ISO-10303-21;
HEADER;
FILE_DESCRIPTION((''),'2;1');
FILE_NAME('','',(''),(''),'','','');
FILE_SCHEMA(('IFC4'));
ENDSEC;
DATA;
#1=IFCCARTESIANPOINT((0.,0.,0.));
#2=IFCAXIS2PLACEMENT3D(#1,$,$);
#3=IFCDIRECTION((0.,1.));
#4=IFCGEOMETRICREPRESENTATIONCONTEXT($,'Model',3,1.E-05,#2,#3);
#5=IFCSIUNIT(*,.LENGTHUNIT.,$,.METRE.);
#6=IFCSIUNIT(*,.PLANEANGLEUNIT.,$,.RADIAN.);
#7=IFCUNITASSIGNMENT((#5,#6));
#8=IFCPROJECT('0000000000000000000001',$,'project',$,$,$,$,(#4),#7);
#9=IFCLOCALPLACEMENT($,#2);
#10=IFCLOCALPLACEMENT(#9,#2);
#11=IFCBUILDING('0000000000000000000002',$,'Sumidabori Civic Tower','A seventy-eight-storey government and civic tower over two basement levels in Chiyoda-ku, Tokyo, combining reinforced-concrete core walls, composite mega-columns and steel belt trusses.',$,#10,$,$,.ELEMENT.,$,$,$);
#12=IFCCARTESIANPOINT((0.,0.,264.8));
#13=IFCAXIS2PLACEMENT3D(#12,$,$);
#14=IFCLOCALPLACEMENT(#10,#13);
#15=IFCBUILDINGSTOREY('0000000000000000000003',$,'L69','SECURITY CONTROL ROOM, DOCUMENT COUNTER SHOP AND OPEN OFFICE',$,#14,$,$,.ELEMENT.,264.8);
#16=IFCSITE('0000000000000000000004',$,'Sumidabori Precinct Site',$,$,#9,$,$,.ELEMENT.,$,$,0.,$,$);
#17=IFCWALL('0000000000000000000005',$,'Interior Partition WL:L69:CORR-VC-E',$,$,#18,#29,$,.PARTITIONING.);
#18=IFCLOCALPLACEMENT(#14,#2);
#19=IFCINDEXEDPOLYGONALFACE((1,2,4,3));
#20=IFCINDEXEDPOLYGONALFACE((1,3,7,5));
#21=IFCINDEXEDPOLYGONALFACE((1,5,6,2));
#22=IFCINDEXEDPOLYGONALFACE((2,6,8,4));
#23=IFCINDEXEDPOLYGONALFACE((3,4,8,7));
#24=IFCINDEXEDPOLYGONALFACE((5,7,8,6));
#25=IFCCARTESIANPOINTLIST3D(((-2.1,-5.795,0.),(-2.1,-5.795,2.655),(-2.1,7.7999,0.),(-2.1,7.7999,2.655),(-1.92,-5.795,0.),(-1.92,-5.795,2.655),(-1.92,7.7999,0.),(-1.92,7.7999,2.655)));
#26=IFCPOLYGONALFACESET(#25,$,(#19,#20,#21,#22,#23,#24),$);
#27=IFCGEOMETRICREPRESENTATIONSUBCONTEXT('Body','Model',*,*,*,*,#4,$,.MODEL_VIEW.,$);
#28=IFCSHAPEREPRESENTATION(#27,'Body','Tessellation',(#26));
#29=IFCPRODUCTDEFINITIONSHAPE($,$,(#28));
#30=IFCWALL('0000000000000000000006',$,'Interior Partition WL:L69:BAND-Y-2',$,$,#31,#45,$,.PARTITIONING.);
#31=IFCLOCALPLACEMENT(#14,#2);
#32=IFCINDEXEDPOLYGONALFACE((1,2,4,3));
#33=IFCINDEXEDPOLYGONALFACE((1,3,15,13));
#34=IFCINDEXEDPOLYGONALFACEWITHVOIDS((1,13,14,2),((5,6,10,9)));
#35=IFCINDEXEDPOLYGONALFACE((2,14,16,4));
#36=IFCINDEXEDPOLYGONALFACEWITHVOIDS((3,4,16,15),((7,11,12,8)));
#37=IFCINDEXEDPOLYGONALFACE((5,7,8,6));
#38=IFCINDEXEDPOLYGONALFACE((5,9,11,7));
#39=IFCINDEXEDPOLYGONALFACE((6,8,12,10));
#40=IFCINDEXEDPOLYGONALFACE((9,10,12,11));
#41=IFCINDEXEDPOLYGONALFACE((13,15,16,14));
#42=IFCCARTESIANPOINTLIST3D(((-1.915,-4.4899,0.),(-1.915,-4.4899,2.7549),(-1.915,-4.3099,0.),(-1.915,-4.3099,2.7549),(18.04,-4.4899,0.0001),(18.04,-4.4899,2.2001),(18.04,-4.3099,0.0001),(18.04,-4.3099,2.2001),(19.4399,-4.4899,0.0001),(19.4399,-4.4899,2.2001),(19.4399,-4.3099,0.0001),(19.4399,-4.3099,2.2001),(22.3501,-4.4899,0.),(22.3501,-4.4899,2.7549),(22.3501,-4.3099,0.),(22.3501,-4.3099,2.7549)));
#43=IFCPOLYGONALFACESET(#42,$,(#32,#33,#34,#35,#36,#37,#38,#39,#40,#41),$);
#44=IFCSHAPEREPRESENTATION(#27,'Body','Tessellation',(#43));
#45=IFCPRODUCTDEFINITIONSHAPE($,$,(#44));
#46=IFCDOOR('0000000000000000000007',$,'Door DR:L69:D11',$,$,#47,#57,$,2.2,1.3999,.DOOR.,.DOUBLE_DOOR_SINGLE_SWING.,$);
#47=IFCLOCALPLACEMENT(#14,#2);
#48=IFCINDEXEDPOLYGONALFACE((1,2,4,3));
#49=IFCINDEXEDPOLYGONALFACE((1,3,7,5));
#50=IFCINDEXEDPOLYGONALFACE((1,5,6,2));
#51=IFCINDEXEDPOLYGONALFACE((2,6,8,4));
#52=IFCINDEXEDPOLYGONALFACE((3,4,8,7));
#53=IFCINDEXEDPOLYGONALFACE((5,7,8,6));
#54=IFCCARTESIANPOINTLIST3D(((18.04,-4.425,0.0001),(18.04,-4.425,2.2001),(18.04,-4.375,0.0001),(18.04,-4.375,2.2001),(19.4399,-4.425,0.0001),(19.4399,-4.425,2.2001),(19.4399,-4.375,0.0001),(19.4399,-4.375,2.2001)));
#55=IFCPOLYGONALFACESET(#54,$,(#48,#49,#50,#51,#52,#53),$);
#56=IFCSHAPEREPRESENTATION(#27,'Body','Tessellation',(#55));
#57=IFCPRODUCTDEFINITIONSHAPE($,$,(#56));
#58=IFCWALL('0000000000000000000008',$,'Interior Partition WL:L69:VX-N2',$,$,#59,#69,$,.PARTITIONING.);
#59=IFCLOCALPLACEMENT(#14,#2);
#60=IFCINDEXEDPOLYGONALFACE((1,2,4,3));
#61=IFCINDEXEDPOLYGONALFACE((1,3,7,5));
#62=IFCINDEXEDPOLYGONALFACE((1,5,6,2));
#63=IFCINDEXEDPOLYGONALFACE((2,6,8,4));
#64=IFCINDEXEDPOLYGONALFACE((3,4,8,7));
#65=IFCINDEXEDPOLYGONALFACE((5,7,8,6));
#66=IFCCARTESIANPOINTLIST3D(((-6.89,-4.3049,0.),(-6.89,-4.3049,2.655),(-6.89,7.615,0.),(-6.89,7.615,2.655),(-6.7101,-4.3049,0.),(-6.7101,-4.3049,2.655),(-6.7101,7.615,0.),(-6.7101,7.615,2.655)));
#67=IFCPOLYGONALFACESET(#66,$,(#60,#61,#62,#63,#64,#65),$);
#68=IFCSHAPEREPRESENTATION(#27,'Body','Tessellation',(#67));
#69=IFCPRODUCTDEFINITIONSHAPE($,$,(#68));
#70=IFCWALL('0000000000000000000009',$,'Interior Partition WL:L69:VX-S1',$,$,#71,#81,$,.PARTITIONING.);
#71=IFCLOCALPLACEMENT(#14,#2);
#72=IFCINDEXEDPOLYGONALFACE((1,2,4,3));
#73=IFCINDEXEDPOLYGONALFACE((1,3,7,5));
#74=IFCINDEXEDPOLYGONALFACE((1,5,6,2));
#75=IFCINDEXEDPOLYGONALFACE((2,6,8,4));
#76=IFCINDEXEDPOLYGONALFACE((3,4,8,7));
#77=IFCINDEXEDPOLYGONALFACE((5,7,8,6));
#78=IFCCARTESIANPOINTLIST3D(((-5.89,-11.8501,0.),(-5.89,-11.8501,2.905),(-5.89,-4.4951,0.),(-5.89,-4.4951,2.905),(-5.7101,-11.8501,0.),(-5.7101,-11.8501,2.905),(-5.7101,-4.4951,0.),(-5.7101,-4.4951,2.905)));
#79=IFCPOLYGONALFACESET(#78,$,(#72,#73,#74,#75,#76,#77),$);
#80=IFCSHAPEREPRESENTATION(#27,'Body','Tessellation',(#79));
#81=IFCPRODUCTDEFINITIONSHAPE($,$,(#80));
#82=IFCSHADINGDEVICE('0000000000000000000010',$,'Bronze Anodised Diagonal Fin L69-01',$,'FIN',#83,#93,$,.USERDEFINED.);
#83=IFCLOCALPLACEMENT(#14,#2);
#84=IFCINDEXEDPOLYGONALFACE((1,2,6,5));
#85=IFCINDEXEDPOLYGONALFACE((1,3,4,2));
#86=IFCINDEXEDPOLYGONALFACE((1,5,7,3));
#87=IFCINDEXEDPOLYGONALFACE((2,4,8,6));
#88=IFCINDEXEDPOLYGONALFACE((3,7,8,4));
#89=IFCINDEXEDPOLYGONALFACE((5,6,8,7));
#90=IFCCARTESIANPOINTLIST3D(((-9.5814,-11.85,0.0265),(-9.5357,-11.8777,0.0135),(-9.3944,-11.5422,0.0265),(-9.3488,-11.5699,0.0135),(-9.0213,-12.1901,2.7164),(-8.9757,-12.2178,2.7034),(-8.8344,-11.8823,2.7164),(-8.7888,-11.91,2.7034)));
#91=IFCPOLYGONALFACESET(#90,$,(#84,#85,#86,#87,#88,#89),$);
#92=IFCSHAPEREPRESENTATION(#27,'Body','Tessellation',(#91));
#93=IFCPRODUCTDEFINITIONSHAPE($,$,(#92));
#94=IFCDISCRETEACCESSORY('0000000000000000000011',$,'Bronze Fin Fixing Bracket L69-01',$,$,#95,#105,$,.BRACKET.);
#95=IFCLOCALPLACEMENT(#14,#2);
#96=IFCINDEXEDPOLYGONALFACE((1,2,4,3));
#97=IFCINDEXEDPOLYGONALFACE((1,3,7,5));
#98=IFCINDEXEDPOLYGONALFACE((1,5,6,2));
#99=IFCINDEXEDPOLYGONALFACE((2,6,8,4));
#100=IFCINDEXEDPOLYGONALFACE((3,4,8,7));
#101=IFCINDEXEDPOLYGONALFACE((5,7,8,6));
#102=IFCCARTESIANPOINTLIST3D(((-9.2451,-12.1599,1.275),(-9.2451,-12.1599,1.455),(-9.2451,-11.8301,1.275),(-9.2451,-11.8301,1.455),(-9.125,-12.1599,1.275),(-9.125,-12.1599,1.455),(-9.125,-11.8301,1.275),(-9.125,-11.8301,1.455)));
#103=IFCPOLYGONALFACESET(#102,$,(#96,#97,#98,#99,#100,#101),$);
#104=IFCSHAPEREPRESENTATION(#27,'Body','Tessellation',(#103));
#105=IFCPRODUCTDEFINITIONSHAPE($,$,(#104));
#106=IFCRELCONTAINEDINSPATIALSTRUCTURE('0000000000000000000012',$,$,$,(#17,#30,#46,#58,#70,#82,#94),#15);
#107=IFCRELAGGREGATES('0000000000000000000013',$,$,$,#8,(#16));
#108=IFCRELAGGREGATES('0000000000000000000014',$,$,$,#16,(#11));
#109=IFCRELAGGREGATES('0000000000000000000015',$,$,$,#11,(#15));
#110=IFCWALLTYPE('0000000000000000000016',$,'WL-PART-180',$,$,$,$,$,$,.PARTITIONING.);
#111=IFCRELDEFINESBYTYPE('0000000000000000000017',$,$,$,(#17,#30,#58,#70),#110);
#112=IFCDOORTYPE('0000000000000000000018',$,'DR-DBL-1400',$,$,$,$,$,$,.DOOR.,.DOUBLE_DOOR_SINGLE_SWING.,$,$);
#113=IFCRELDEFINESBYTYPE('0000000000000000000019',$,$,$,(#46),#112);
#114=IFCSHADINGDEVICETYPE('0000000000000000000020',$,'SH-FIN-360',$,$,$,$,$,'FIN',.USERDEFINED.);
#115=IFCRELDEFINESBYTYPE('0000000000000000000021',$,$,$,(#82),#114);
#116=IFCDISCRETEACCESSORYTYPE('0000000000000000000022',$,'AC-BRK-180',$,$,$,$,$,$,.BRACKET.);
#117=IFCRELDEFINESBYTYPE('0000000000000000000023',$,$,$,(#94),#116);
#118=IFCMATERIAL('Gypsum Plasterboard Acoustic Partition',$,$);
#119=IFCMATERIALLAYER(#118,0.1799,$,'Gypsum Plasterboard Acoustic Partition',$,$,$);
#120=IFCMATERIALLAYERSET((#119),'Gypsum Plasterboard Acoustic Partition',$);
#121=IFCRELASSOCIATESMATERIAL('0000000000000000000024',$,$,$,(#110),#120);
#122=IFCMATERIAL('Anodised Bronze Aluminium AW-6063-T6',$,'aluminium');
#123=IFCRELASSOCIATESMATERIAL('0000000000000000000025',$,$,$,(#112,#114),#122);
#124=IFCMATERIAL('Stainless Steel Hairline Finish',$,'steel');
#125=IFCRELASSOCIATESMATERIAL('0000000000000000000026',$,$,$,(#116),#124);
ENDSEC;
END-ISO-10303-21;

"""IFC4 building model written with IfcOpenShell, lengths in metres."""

from ifc_helpers import new_model, si_unit, direction, frame, frame_2d, origin, origin_2d, place, context, subcontext, project, spatial, rectangle, extrude, source, transform, mapped, material, layer, layer_set, material_profile, profile_set, type_object, element, fill, save


model = new_model("IFC4")

# Units and contexts
model_context = context("Model", 3, precision=1e-05, world=origin(), true_north=direction((0.0, 1.0)))
body_context = subcontext(model_context, "Body", "Model", "MODEL_VIEW")
ifc_project = project(units=[si_unit("LENGTHUNIT", "METRE"), si_unit("PLANEANGLEUNIT", "RADIAN")], contexts=[model_context])

# Site, building, storey
site_placement = place(None, origin())
site = spatial("IfcSite", under=ifc_project, at=site_placement, Name="Sumidabori Precinct Site", CompositionType="ELEMENT", RefElevation=0.0)
building_placement = place(site_placement, origin())
building = spatial("IfcBuilding", under=site, at=building_placement, Name="Sumidabori Civic Tower", Description="A seventy-eight-storey government and civic tower over two basement levels in Chiyoda-ku, Tokyo, combining reinforced-concrete core walls, composite mega-columns and steel belt trusses.", CompositionType="ELEMENT")
storey_placement = place(building_placement, frame((0.0, 0.0, 264.8)))
storey = spatial("IfcBuildingStorey", under=building, at=storey_placement, Name="L69", Description="SECURITY CONTROL ROOM, DOCUMENT COUNTER SHOP AND OPEN OFFICE", CompositionType="ELEMENT", Elevation=264.8)

# Shared definitions
ifc_material_1 = material(Name="Anodised Bronze Aluminium AW-6063-T6", Category="aluminium")

# Shared definitions
ifc_material_2 = material(Name="Gypsum Plasterboard Acoustic Partition")
ifc_layer_1 = layer(ifc_material_2, 0.1799, Name="Gypsum Plasterboard Acoustic Partition")
ifc_layer_set_1 = layer_set([ifc_layer_1], Name="Gypsum Plasterboard Acoustic Partition")
wall_type = type_object("IfcWallType", Name="WL-PART-180", PredefinedType="PARTITIONING", material=ifc_layer_set_1)
door_type = type_object("IfcDoorType", Name="DR-DBL-1400", OperationType="DOUBLE_DOOR_SINGLE_SWING", PredefinedType="DOOR", material=ifc_material_1)
shared_shape_1 = source(origin(), body_context, "Body", "SweptSolid", [
    extrude(rectangle(XDim=1.3999, YDim=2.2, at=frame_2d((0.7, 1.1001))), frame((0.0, 0.0249, 0.0), z_axis=(0.0, -1.0, 0.0), x_axis=(1.0, 0.0, 0.0)), (0.0, 0.0, 1.0), 0.05),
])

# Shared definitions
shared_shape_2 = source(origin(), body_context, "Body", "SweptSolid", [
    extrude(rectangle(XDim=13.595, YDim=0.1799, at=frame_2d((6.7974, 0.0))), origin(), (0.0, 0.0, 1.0), 2.655),
])

# Wall
wall_1_placement = place(storey_placement, frame((-2.01, -5.7949, 0.0), z_axis=(0.0, 0.0, 1.0), x_axis=(0.0, 1.0, 0.0)))
element("IfcWall", 1, at=wall_1_placement, inside=storey, type_object=wall_type, Name="Interior Partition WL:L69:CORR-VC-E", PredefinedType="PARTITIONING", context=body_context, shape_type="MappedRepresentation", body=[
    mapped(shared_shape_2, transform((0.0, 0.0, 0.0), x_axis=(1.0, 0.0, 0.0), y_axis=(0.0, 1.0, 0.0), z_axis=(0.0, 0.0, 1.0), scale=1.0)),
])

# Wall, opening, door
shared_shape_3 = source(origin(), body_context, "Body", "SweptSolid", [
    extrude(rectangle(XDim=24.2651, YDim=0.1799, at=frame_2d((12.1326, 0.0))), origin(), (0.0, 0.0, 1.0), 2.7549),
])
wall_2_placement = place(storey_placement, frame((-1.915, -4.3999, 0.0), z_axis=(0.0, 0.0, 1.0), x_axis=(1.0, 0.0, 0.0)))
wall_2 = element("IfcWall", 2, at=wall_2_placement, inside=storey, type_object=wall_type, Name="Interior Partition WL:L69:BAND-Y-2", PredefinedType="PARTITIONING", context=body_context, shape_type="MappedRepresentation", body=[
    mapped(shared_shape_3, transform((0.0, 0.0, 0.0), x_axis=(1.0, 0.0, 0.0), y_axis=(0.0, 1.0, 0.0), z_axis=(0.0, 0.0, 1.0), scale=1.0)),
])
opening_1_placement = place(wall_2_placement, frame((19.9551, 0.0, 0.0)))
opening_1 = element("IfcOpeningElement", 3, at=opening_1_placement, cuts=wall_2, PredefinedType="OPENING", context=body_context, shape_type="SweptSolid", body=[
    extrude(rectangle(XDim=1.3999, YDim=2.2, at=frame_2d((0.7, 1.1001))), frame((0.0, 0.1021, 0.0), z_axis=(0.0, -1.0, 0.0), x_axis=(1.0, 0.0, 0.0)), (0.0, 0.0, 1.0), 0.2039),
])
door_1_placement = place(opening_1_placement, origin())
door_1 = element("IfcDoor", 4, at=door_1_placement, inside=storey, type_object=door_type, Name="Door DR:L69:D11", OperationType="DOUBLE_DOOR_SINGLE_SWING", OverallHeight=2.2, OverallWidth=1.3999, PredefinedType="DOOR", context=body_context, shape_type="MappedRepresentation", body=[
    mapped(shared_shape_1, transform((0.0, 0.0, 0.0), x_axis=(1.0, 0.0, 0.0), y_axis=(0.0, 1.0, 0.0), z_axis=(0.0, 0.0, 1.0), scale=1.0)),
])
fill(opening_1, door_1)

# Walls
shared_shape_4 = source(origin(), body_context, "Body", "SweptSolid", [
    extrude(rectangle(XDim=11.9199, YDim=0.1799, at=frame_2d((5.96, 0.0))), origin(), (0.0, 0.0, 1.0), 2.655),
])
wall_3_placement = place(storey_placement, frame((-6.8, -4.3049, 0.0), z_axis=(0.0, 0.0, 1.0), x_axis=(0.0, 1.0, 0.0)))
element("IfcWall", 5, at=wall_3_placement, inside=storey, type_object=wall_type, Name="Interior Partition WL:L69:VX-N2", PredefinedType="PARTITIONING", context=body_context, shape_type="MappedRepresentation", body=[
    mapped(shared_shape_4, transform((0.0, 0.0, 0.0), x_axis=(1.0, 0.0, 0.0), y_axis=(0.0, 1.0, 0.0), z_axis=(0.0, 0.0, 1.0), scale=1.0)),
])
shared_shape_5 = source(origin(), body_context, "Body", "SweptSolid", [
    extrude(rectangle(XDim=7.355, YDim=0.1799, at=frame_2d((3.6775, 0.0))), origin(), (0.0, 0.0, 1.0), 2.905),
])
wall_4_placement = place(storey_placement, frame((-5.8, -11.8501, 0.0), z_axis=(0.0, 0.0, 1.0), x_axis=(0.0, 1.0, 0.0)))
element("IfcWall", 6, at=wall_4_placement, inside=storey, type_object=wall_type, Name="Interior Partition WL:L69:VX-S1", PredefinedType="PARTITIONING", context=body_context, shape_type="MappedRepresentation", body=[
    mapped(shared_shape_5, transform((0.0, 0.0, 0.0), x_axis=(1.0, 0.0, 0.0), y_axis=(0.0, 1.0, 0.0), z_axis=(0.0, 0.0, 1.0), scale=1.0)),
])

# Shading device
ifc_material_profile_1 = material_profile(ifc_material_1, rectangle(XDim=0.0549, YDim=0.3601, at=origin_2d()), Name="BRONZE FIN 360x55")
ifc_profile_set_1 = profile_set([ifc_material_profile_1], Name="Anodised Bronze Aluminium AW-6063-T6")
shading_device_type = type_object("IfcShadingDeviceType", Name="SH-FIN-360", ElementType="FIN", PredefinedType="USERDEFINED", material=ifc_profile_set_1)
shared_shape_6 = source(origin(), body_context, "Body", "SweptSolid", [
    extrude(rectangle(XDim=0.0549, YDim=0.3601, at=origin_2d()), origin(), (0.0, 0.0, 1.0), 2.7686),
])
shading_device_placement = place(storey_placement, frame((-9.4651, -11.71, 0.02), z_axis=(0.20229, -0.122838, 0.971591), x_axis=(0.83047, -0.504291, -0.236665)))
element("IfcShadingDevice", 7, at=shading_device_placement, inside=storey, type_object=shading_device_type, Name="Bronze Anodised Diagonal Fin L69-01", ObjectType="FIN", PredefinedType="USERDEFINED", context=body_context, shape_type="MappedRepresentation", body=[
    mapped(shared_shape_6, transform((0.0, 0.0, 0.0), x_axis=(1.0, 0.0, 0.0), y_axis=(0.0, 1.0, 0.0), z_axis=(0.0, 0.0, 1.0), scale=1.0)),
])

# Discrete accessory
ifc_material_3 = material(Name="Stainless Steel Hairline Finish", Category="steel")
ifc_material_profile_2 = material_profile(ifc_material_3, rectangle(XDim=0.1201, YDim=0.1799, at=origin_2d()), Name="STEEL BRACKET 180x120")
ifc_profile_set_2 = profile_set([ifc_material_profile_2], Name="Stainless Steel Hairline Finish")
discrete_accessory_type = type_object("IfcDiscreteAccessoryType", Name="AC-BRK-180", PredefinedType="BRACKET", material=ifc_profile_set_2)
shared_shape_7 = source(origin(), body_context, "Body", "SweptSolid", [
    extrude(rectangle(XDim=0.1201, YDim=0.1799, at=origin_2d()), origin(), (0.0, 0.0, 1.0), 0.3298),
])
discrete_accessory_placement = place(storey_placement, frame((-9.1851, -11.8301, 1.365), z_axis=(0.0, -1.0, 0.0), x_axis=(1.0, 0.0, 0.0)))
element("IfcDiscreteAccessory", 8, at=discrete_accessory_placement, inside=storey, type_object=discrete_accessory_type, Name="Bronze Fin Fixing Bracket L69-01", PredefinedType="BRACKET", context=body_context, shape_type="MappedRepresentation", body=[
    mapped(shared_shape_7, transform((0.0, 0.0, 0.0), x_axis=(1.0, 0.0, 0.0), y_axis=(0.0, 1.0, 0.0), z_axis=(0.0, 0.0, 1.0), scale=1.0)),
])

save(model, "model.ifc")
